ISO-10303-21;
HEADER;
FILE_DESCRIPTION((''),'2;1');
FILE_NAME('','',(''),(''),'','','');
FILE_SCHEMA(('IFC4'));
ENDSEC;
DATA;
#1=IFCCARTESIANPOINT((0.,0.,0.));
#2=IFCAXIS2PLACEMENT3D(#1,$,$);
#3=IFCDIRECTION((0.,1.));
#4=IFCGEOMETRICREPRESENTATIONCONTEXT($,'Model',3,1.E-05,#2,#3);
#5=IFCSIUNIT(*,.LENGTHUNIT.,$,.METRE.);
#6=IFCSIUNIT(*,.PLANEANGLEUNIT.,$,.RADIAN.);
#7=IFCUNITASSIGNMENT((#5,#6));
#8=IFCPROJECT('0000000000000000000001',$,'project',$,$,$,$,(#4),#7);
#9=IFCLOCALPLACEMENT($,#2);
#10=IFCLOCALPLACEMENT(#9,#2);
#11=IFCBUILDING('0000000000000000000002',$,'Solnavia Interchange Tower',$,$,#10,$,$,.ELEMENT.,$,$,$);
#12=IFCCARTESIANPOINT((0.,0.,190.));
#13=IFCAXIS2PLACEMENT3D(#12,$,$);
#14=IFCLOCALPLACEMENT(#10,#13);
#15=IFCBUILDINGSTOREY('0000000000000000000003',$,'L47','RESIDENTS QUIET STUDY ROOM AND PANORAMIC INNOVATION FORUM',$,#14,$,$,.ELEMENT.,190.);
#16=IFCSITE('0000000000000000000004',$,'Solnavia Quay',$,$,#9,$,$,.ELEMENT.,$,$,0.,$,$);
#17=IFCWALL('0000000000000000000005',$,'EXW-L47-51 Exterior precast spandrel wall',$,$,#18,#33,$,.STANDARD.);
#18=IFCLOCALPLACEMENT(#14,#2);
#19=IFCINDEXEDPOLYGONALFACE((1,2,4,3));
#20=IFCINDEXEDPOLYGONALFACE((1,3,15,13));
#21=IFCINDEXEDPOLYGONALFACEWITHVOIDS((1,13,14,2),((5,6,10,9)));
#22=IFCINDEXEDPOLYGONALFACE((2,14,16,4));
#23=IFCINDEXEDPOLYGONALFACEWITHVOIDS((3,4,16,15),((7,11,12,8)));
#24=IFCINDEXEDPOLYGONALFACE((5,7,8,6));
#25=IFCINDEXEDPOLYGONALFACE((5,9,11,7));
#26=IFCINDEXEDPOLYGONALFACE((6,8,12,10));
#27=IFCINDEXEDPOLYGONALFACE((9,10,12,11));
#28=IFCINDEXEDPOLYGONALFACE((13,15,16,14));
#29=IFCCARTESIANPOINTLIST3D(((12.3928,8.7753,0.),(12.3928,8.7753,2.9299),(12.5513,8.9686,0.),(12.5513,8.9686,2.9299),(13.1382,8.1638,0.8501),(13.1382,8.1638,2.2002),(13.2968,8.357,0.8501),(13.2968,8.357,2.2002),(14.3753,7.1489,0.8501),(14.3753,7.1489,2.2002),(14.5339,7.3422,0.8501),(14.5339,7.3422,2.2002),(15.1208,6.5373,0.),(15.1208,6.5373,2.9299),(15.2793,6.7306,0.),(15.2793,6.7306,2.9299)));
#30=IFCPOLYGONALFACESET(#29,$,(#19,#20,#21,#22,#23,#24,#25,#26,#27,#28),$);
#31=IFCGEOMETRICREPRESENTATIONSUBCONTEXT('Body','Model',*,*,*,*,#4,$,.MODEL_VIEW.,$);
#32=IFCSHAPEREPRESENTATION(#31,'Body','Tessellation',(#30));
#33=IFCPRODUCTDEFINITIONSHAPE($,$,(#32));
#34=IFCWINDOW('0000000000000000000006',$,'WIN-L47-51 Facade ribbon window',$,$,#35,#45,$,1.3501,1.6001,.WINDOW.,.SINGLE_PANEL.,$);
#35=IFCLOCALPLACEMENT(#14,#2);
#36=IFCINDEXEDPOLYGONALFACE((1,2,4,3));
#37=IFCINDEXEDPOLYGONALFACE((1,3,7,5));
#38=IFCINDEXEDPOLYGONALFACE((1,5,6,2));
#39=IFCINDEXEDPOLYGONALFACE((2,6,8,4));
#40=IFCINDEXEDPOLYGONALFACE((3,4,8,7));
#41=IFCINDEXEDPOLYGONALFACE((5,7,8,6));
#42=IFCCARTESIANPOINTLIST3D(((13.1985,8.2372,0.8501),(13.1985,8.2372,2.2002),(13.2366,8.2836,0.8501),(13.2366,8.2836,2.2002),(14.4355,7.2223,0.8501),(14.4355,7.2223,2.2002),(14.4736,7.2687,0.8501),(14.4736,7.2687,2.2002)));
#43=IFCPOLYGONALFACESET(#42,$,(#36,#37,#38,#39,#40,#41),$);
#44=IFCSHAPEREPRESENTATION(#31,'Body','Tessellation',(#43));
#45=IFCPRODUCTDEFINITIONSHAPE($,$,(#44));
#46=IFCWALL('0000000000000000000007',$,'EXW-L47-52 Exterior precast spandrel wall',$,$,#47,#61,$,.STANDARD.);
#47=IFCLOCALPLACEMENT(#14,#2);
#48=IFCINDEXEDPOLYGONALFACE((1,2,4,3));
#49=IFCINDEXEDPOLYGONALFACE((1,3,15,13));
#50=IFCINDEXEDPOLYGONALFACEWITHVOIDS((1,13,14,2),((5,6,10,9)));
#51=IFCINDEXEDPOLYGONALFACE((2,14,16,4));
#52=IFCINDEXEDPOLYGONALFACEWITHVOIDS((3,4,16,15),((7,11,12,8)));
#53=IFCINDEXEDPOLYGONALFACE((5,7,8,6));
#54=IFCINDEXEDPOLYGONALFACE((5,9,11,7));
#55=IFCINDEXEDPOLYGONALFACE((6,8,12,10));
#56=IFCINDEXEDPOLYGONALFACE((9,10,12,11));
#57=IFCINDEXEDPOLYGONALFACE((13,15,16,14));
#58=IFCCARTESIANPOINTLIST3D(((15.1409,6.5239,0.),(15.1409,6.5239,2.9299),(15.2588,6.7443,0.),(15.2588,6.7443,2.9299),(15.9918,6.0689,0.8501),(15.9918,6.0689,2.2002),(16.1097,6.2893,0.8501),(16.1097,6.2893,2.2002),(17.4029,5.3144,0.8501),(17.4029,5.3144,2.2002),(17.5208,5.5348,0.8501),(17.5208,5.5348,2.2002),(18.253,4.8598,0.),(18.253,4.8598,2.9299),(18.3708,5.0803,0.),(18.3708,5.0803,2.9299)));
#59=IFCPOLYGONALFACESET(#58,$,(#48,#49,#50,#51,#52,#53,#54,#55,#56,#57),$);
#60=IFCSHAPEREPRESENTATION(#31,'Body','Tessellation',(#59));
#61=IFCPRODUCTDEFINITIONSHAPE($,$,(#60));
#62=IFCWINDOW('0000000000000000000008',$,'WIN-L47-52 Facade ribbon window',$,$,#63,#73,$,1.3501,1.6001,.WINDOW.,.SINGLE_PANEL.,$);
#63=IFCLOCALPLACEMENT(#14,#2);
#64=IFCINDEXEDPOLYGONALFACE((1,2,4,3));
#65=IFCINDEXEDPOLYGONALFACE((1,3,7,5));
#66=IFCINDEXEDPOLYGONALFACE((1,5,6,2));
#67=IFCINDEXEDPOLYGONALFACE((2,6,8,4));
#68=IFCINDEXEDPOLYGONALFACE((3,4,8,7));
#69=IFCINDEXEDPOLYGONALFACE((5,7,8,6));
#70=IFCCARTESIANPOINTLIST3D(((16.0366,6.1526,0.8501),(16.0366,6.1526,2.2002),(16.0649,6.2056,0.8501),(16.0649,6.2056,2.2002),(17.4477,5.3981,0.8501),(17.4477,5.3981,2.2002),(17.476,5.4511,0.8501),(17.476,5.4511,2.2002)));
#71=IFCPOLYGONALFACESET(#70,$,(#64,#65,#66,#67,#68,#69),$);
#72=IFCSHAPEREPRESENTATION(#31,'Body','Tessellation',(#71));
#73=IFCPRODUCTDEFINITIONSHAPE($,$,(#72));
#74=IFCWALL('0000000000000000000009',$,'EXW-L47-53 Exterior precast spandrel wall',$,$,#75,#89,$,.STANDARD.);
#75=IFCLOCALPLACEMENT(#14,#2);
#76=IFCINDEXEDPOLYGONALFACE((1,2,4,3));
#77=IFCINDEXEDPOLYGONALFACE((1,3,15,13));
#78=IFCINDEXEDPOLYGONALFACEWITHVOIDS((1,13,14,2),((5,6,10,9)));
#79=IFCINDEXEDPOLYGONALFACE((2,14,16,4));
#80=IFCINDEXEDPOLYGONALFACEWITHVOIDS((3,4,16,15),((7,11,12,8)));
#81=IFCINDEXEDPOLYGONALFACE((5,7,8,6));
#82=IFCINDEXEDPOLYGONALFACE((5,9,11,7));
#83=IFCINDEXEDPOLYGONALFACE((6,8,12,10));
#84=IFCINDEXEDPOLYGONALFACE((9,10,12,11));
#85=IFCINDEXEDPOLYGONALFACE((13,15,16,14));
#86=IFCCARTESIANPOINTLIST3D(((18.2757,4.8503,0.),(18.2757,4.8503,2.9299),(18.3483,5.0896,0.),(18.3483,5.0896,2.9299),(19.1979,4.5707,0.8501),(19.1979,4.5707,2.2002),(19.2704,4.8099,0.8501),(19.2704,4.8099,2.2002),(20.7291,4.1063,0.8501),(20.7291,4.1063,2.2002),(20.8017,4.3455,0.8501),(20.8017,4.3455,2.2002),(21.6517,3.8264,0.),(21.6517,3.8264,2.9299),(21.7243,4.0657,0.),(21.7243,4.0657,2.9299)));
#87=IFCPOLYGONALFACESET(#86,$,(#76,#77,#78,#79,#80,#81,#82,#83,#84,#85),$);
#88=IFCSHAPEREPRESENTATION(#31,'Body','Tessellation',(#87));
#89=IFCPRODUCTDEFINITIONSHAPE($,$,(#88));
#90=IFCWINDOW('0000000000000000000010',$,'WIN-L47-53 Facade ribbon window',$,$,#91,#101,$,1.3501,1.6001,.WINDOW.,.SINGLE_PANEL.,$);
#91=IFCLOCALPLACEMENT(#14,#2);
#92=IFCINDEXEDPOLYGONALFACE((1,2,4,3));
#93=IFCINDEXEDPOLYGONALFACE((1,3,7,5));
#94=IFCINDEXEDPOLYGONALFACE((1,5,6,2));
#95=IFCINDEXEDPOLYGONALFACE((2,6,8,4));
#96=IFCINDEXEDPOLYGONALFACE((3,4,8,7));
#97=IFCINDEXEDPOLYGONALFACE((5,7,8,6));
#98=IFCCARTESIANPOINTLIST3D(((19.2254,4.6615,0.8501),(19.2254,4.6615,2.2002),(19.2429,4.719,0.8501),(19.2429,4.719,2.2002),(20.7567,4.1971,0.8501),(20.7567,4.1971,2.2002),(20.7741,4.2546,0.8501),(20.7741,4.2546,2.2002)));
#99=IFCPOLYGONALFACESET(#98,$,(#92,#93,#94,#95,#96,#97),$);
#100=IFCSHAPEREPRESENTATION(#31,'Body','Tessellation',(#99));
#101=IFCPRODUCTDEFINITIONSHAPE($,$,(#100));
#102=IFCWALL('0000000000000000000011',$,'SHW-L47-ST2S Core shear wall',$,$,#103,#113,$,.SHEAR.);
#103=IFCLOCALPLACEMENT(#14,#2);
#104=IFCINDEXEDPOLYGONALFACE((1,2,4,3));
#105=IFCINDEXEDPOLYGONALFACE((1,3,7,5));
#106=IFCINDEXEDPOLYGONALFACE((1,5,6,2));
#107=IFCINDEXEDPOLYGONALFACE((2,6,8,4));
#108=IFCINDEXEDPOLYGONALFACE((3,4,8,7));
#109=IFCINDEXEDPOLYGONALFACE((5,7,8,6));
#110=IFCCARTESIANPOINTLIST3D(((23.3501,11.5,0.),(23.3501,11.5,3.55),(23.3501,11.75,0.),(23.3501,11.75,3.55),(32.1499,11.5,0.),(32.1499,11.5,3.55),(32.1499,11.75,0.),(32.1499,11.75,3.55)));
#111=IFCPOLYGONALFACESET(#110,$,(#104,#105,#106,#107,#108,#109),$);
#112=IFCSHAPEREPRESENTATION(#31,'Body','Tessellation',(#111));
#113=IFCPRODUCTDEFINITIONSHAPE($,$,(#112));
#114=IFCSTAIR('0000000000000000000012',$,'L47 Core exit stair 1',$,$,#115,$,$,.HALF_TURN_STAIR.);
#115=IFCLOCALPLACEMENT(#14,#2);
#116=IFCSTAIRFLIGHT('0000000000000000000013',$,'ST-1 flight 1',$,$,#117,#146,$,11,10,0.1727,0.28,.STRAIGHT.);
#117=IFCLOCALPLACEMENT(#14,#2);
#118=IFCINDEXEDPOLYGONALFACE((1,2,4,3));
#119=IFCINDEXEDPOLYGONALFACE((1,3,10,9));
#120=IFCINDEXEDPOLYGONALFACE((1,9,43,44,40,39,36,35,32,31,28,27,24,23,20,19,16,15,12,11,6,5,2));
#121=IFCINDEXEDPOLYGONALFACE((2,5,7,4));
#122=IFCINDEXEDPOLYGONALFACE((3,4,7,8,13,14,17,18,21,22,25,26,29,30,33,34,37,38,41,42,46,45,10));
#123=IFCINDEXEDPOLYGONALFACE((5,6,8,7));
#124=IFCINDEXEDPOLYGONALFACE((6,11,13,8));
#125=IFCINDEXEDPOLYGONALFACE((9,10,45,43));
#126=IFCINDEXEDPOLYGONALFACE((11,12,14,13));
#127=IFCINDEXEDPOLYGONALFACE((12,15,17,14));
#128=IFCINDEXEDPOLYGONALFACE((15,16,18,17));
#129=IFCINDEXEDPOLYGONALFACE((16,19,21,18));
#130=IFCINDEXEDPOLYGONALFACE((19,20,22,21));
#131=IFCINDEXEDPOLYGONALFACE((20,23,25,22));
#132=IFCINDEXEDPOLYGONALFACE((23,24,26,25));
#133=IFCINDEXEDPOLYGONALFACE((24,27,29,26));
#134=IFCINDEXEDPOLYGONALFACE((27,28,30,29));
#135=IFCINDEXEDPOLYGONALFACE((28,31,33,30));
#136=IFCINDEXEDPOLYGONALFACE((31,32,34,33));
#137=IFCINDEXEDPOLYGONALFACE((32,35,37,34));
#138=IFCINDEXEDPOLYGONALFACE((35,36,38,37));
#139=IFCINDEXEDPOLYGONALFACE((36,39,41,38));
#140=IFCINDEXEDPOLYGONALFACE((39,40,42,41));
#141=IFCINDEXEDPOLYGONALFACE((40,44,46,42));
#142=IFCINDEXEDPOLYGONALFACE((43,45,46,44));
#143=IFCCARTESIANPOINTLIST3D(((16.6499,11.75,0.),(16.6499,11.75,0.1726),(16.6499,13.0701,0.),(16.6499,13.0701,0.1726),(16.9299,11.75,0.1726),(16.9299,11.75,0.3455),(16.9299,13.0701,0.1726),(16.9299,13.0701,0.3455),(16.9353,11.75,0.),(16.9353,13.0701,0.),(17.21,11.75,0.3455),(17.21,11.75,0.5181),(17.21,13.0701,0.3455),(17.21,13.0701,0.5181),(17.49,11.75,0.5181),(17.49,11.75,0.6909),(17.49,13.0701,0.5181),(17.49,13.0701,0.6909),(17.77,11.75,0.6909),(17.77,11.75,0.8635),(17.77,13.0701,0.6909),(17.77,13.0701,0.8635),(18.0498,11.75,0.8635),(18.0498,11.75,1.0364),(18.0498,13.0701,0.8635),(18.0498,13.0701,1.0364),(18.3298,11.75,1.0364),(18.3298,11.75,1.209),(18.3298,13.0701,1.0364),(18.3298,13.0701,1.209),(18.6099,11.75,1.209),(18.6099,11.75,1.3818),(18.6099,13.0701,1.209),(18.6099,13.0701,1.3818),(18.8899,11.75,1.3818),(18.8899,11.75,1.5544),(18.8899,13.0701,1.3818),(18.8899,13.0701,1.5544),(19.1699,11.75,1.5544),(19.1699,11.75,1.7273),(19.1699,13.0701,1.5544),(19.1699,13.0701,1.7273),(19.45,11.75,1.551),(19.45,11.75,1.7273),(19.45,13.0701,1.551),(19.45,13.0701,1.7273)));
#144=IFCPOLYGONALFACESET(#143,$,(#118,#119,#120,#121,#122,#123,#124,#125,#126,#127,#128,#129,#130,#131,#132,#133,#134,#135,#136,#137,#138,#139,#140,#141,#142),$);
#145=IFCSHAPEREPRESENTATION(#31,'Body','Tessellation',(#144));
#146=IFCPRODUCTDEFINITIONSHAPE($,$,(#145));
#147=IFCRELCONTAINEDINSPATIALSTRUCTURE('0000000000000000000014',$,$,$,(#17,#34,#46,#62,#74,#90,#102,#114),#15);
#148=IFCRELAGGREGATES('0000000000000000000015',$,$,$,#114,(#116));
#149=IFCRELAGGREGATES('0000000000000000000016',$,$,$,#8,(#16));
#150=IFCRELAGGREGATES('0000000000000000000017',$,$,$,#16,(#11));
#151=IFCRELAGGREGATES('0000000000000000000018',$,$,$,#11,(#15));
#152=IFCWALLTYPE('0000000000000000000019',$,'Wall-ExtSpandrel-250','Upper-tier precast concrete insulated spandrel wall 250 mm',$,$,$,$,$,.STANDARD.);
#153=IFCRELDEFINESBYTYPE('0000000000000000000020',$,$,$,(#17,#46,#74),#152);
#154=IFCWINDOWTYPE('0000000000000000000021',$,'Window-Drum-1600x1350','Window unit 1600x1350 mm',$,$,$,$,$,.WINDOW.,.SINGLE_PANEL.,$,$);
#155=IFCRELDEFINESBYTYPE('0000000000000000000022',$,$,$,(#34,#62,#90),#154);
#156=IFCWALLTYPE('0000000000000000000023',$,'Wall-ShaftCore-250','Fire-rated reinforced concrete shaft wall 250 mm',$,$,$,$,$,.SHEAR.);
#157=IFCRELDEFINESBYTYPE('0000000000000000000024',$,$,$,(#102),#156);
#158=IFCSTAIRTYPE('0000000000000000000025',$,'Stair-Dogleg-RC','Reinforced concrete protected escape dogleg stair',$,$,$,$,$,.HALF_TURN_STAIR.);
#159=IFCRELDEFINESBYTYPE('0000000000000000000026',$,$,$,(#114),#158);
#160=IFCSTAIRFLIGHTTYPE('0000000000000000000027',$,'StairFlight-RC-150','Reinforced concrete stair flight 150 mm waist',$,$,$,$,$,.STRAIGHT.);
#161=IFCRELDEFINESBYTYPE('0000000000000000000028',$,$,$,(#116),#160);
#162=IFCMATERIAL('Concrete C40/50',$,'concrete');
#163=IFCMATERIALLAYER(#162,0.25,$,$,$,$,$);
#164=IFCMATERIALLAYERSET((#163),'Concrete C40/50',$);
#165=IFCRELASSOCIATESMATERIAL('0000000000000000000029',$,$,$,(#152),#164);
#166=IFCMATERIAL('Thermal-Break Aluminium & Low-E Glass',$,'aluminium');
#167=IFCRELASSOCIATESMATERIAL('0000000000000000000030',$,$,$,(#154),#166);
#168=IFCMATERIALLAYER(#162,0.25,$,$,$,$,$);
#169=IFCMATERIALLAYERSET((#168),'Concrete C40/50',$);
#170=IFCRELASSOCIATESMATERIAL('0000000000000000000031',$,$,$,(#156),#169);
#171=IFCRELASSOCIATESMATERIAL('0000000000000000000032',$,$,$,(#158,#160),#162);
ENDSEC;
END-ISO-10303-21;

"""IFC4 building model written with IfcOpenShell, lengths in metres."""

from ifc_helpers import new_model, si_unit, direction, frame, frame_2d, origin, place, context, subcontext, project, spatial, polyline, rectangle, outline, extrude, material, layer, layer_set, type_object, element, fill, aggregate, save


model = new_model("IFC4")

# Units and contexts
model_context = context("Model", 3, precision=1e-05, world=origin(), true_north=direction((0.0, 1.0)))
body_context = subcontext(model_context, "Body", "Model", "MODEL_VIEW")
ifc_project = project(units=[si_unit("LENGTHUNIT", "METRE"), si_unit("PLANEANGLEUNIT", "RADIAN")], contexts=[model_context])

# Site, building, storey
site_placement = place(None, origin())
site = spatial("IfcSite", under=ifc_project, at=site_placement, Name="Solnavia Quay", CompositionType="ELEMENT", RefElevation=0.0)
building_placement = place(site_placement, origin())
building = spatial("IfcBuilding", under=site, at=building_placement, Name="Solnavia Interchange Tower", CompositionType="ELEMENT")
storey_placement = place(building_placement, frame((0.0, 0.0, 190.0)))
storey = spatial("IfcBuildingStorey", under=building, at=storey_placement, Name="L47", Description="RESIDENTS QUIET STUDY ROOM AND PANORAMIC INNOVATION FORUM", CompositionType="ELEMENT", Elevation=190.0)

# Walls, openings, windows
ifc_material_1 = material(Name="Concrete C40/50", Category="concrete")
ifc_layer_1 = layer(ifc_material_1, 0.25)
ifc_layer_set_1 = layer_set([ifc_layer_1], Name="Concrete C40/50")
wall_type_1 = type_object("IfcWallType", Name="Wall-ExtSpandrel-250", Description="Upper-tier precast concrete insulated spandrel wall 250 mm", PredefinedType="STANDARD", material=ifc_layer_set_1)
wall_1_placement = place(storey_placement, frame((15.2, 6.634, 0.0), z_axis=(0.0, 0.0, 1.0), x_axis=(-0.773121, 0.634258, 0.0)))
wall_1 = element("IfcWall", 1, at=wall_1_placement, inside=storey, type_object=wall_type_1, Name="EXW-L47-51 Exterior precast spandrel wall", PredefinedType="STANDARD", context=body_context, shape_type="SweptSolid", body=[
    extrude(rectangle(XDim=3.5286, YDim=0.25, at=frame_2d((1.7642, 0.0))), origin(), (0.0, 0.0, 1.0), 2.9299),
])
opening_1_placement = place(wall_1_placement, frame((0.9641, 0.0, 0.8501)))
opening_1 = element("IfcOpeningElement", 2, at=opening_1_placement, cuts=wall_1, PredefinedType="OPENING", context=body_context, shape_type="SweptSolid", body=[
    extrude(rectangle(XDim=1.6001, YDim=1.3501, at=frame_2d((0.8, 0.675))), frame((0.0, 0.135, 0.0), z_axis=(0.0, -1.0, 0.0), x_axis=(1.0, 0.0, 0.0)), (0.0, 0.0, 1.0), 0.27),
])
ifc_material_2 = material(Name="Thermal-Break Aluminium & Low-E Glass", Category="aluminium")
window_type = type_object("IfcWindowType", Name="Window-Drum-1600x1350", Description="Window unit 1600x1350 mm", PartitioningType="SINGLE_PANEL", PredefinedType="WINDOW", material=ifc_material_2)
window_1_placement = place(opening_1_placement, origin())
window_1 = element("IfcWindow", 3, at=window_1_placement, inside=storey, type_object=window_type, Name="WIN-L47-51 Facade ribbon window", OverallHeight=1.3501, OverallWidth=1.6001, PartitioningType="SINGLE_PANEL", PredefinedType="WINDOW", context=body_context, shape_type="SweptSolid", body=[
    extrude(rectangle(XDim=1.6001, YDim=1.3501, at=frame_2d((0.8, 0.675))), frame((0.0, 0.03, 0.0), z_axis=(0.0, -1.0, 0.0), x_axis=(1.0, 0.0, 0.0)), (0.0, 0.0, 1.0), 0.0601),
])
fill(opening_1, window_1)
wall_2_placement = place(storey_placement, frame((18.312, 4.97, 0.0), z_axis=(0.0, 0.0, 1.0), x_axis=(-0.881847, 0.471536, 0.0)))
wall_2 = element("IfcWall", 4, at=wall_2_placement, inside=storey, type_object=wall_type_1, Name="EXW-L47-52 Exterior precast spandrel wall", PredefinedType="STANDARD", context=body_context, shape_type="SweptSolid", body=[
    extrude(rectangle(XDim=3.5291, YDim=0.25, at=frame_2d((1.7646, 0.0))), origin(), (0.0, 0.0, 1.0), 2.9299),
])
opening_2_placement = place(wall_2_placement, frame((0.9641, 0.0, 0.8501)))
opening_2 = element("IfcOpeningElement", 5, at=opening_2_placement, cuts=wall_2, PredefinedType="OPENING", context=body_context, shape_type="SweptSolid", body=[
    extrude(rectangle(XDim=1.6001, YDim=1.3501, at=frame_2d((0.8, 0.675))), frame((0.0, 0.135, 0.0), z_axis=(0.0, -1.0, 0.0), x_axis=(1.0, 0.0, 0.0)), (0.0, 0.0, 1.0), 0.27),
])
window_2_placement = place(opening_2_placement, origin())
window_2 = element("IfcWindow", 6, at=window_2_placement, inside=storey, type_object=window_type, Name="WIN-L47-52 Facade ribbon window", OverallHeight=1.3501, OverallWidth=1.6001, PartitioningType="SINGLE_PANEL", PredefinedType="WINDOW", context=body_context, shape_type="SweptSolid", body=[
    extrude(rectangle(XDim=1.6001, YDim=1.3501, at=frame_2d((0.8, 0.675))), frame((0.0, 0.03, 0.0), z_axis=(0.0, -1.0, 0.0), x_axis=(1.0, 0.0, 0.0)), (0.0, 0.0, 1.0), 0.0601),
])
fill(opening_2, window_2)
wall_3_placement = place(storey_placement, frame((21.688, 3.946, 0.0), z_axis=(0.0, 0.0, 1.0), x_axis=(-0.956953, 0.290242, 0.0)))
wall_3 = element("IfcWall", 7, at=wall_3_placement, inside=storey, type_object=wall_type_1, Name="EXW-L47-53 Exterior precast spandrel wall", PredefinedType="STANDARD", context=body_context, shape_type="SweptSolid", body=[
    extrude(rectangle(XDim=3.5278, YDim=0.25, at=frame_2d((1.7639, 0.0))), origin(), (0.0, 0.0, 1.0), 2.9299),
])
opening_3_placement = place(wall_3_placement, frame((0.9641, 0.0, 0.8501)))
opening_3 = element("IfcOpeningElement", 8, at=opening_3_placement, cuts=wall_3, PredefinedType="OPENING", context=body_context, shape_type="SweptSolid", body=[
    extrude(rectangle(XDim=1.6001, YDim=1.3501, at=frame_2d((0.8, 0.675))), frame((0.0, 0.135, 0.0), z_axis=(0.0, -1.0, 0.0), x_axis=(1.0, 0.0, 0.0)), (0.0, 0.0, 1.0), 0.27),
])
window_3_placement = place(opening_3_placement, origin())
window_3 = element("IfcWindow", 9, at=window_3_placement, inside=storey, type_object=window_type, Name="WIN-L47-53 Facade ribbon window", OverallHeight=1.3501, OverallWidth=1.6001, PartitioningType="SINGLE_PANEL", PredefinedType="WINDOW", context=body_context, shape_type="SweptSolid", body=[
    extrude(rectangle(XDim=1.6001, YDim=1.3501, at=frame_2d((0.8, 0.675))), frame((0.0, 0.03, 0.0), z_axis=(0.0, -1.0, 0.0), x_axis=(1.0, 0.0, 0.0)), (0.0, 0.0, 1.0), 0.0601),
])
fill(opening_3, window_3)

# Wall
ifc_layer_2 = layer(ifc_material_1, 0.25)
ifc_layer_set_2 = layer_set([ifc_layer_2], Name="Concrete C40/50")
wall_type_2 = type_object("IfcWallType", Name="Wall-ShaftCore-250", Description="Fire-rated reinforced concrete shaft wall 250 mm", PredefinedType="SHEAR", material=ifc_layer_set_2)
wall_4_placement = place(storey_placement, frame((23.3501, 11.625, 0.0), z_axis=(0.0, 0.0, 1.0), x_axis=(1.0, 0.0, 0.0)))
element("IfcWall", 10, at=wall_4_placement, inside=storey, type_object=wall_type_2, Name="SHW-L47-ST2S Core shear wall", PredefinedType="SHEAR", context=body_context, shape_type="SweptSolid", body=[
    extrude(rectangle(XDim=8.7998, YDim=0.25, at=frame_2d((4.3999, 0.0))), origin(), (0.0, 0.0, 1.0), 3.55),
])

# Stair, stair flight
stair_type = type_object("IfcStairType", Name="Stair-Dogleg-RC", Description="Reinforced concrete protected escape dogleg stair", PredefinedType="HALF_TURN_STAIR", material=ifc_material_1)
stair_placement = place(storey_placement, origin())
stair = element("IfcStair", 11, at=stair_placement, inside=storey, type_object=stair_type, Name="L47 Core exit stair 1", PredefinedType="HALF_TURN_STAIR")
stair_flight_type = type_object("IfcStairFlightType", Name="StairFlight-RC-150", Description="Reinforced concrete stair flight 150 mm waist", PredefinedType="STRAIGHT", material=ifc_material_1)
stair_flight_placement = place(storey_placement, frame((16.6499, 12.4099, 0.0), z_axis=(0.0, 0.0, 1.0), x_axis=(1.0, 0.0, 0.0)))
stair_flight = element("IfcStairFlight", 12, at=stair_flight_placement, type_object=stair_flight_type, Name="ST-1 flight 1", NumberOfRisers=11, NumberOfTreads=10, PredefinedType="STRAIGHT", RiserHeight=0.1727, TreadLength=0.28, context=body_context, shape_type="SweptSolid", body=[
    extrude(outline(polyline([(0.0, 0.0), (0.0, 0.1726), (0.28, 0.1726), (0.28, 0.3455), (0.5601, 0.3455), (0.5601, 0.5181), (0.8401, 0.5181), (0.8401, 0.6909), (1.1201, 0.6909), (1.1201, 0.8635), (1.3999, 0.8635), (1.3999, 1.0364), (1.6799, 1.0364), (1.6799, 1.209), (1.96, 1.209), (1.96, 1.3818), (2.24, 1.3818), (2.24, 1.5544), (2.52, 1.5544), (2.52, 1.7273), (2.8, 1.7273), (2.8, 1.8999), (2.8, 1.551), (0.2854, 0.0), (0.0, 0.0)])), frame((0.0, 0.6602, 0.0), z_axis=(0.0, -1.0, 0.0), x_axis=(1.0, 0.0, 0.0)), (0.0, 0.0, 1.0), 1.3201),
])
aggregate(stair, [stair_flight])

save(model, "model.ifc")
